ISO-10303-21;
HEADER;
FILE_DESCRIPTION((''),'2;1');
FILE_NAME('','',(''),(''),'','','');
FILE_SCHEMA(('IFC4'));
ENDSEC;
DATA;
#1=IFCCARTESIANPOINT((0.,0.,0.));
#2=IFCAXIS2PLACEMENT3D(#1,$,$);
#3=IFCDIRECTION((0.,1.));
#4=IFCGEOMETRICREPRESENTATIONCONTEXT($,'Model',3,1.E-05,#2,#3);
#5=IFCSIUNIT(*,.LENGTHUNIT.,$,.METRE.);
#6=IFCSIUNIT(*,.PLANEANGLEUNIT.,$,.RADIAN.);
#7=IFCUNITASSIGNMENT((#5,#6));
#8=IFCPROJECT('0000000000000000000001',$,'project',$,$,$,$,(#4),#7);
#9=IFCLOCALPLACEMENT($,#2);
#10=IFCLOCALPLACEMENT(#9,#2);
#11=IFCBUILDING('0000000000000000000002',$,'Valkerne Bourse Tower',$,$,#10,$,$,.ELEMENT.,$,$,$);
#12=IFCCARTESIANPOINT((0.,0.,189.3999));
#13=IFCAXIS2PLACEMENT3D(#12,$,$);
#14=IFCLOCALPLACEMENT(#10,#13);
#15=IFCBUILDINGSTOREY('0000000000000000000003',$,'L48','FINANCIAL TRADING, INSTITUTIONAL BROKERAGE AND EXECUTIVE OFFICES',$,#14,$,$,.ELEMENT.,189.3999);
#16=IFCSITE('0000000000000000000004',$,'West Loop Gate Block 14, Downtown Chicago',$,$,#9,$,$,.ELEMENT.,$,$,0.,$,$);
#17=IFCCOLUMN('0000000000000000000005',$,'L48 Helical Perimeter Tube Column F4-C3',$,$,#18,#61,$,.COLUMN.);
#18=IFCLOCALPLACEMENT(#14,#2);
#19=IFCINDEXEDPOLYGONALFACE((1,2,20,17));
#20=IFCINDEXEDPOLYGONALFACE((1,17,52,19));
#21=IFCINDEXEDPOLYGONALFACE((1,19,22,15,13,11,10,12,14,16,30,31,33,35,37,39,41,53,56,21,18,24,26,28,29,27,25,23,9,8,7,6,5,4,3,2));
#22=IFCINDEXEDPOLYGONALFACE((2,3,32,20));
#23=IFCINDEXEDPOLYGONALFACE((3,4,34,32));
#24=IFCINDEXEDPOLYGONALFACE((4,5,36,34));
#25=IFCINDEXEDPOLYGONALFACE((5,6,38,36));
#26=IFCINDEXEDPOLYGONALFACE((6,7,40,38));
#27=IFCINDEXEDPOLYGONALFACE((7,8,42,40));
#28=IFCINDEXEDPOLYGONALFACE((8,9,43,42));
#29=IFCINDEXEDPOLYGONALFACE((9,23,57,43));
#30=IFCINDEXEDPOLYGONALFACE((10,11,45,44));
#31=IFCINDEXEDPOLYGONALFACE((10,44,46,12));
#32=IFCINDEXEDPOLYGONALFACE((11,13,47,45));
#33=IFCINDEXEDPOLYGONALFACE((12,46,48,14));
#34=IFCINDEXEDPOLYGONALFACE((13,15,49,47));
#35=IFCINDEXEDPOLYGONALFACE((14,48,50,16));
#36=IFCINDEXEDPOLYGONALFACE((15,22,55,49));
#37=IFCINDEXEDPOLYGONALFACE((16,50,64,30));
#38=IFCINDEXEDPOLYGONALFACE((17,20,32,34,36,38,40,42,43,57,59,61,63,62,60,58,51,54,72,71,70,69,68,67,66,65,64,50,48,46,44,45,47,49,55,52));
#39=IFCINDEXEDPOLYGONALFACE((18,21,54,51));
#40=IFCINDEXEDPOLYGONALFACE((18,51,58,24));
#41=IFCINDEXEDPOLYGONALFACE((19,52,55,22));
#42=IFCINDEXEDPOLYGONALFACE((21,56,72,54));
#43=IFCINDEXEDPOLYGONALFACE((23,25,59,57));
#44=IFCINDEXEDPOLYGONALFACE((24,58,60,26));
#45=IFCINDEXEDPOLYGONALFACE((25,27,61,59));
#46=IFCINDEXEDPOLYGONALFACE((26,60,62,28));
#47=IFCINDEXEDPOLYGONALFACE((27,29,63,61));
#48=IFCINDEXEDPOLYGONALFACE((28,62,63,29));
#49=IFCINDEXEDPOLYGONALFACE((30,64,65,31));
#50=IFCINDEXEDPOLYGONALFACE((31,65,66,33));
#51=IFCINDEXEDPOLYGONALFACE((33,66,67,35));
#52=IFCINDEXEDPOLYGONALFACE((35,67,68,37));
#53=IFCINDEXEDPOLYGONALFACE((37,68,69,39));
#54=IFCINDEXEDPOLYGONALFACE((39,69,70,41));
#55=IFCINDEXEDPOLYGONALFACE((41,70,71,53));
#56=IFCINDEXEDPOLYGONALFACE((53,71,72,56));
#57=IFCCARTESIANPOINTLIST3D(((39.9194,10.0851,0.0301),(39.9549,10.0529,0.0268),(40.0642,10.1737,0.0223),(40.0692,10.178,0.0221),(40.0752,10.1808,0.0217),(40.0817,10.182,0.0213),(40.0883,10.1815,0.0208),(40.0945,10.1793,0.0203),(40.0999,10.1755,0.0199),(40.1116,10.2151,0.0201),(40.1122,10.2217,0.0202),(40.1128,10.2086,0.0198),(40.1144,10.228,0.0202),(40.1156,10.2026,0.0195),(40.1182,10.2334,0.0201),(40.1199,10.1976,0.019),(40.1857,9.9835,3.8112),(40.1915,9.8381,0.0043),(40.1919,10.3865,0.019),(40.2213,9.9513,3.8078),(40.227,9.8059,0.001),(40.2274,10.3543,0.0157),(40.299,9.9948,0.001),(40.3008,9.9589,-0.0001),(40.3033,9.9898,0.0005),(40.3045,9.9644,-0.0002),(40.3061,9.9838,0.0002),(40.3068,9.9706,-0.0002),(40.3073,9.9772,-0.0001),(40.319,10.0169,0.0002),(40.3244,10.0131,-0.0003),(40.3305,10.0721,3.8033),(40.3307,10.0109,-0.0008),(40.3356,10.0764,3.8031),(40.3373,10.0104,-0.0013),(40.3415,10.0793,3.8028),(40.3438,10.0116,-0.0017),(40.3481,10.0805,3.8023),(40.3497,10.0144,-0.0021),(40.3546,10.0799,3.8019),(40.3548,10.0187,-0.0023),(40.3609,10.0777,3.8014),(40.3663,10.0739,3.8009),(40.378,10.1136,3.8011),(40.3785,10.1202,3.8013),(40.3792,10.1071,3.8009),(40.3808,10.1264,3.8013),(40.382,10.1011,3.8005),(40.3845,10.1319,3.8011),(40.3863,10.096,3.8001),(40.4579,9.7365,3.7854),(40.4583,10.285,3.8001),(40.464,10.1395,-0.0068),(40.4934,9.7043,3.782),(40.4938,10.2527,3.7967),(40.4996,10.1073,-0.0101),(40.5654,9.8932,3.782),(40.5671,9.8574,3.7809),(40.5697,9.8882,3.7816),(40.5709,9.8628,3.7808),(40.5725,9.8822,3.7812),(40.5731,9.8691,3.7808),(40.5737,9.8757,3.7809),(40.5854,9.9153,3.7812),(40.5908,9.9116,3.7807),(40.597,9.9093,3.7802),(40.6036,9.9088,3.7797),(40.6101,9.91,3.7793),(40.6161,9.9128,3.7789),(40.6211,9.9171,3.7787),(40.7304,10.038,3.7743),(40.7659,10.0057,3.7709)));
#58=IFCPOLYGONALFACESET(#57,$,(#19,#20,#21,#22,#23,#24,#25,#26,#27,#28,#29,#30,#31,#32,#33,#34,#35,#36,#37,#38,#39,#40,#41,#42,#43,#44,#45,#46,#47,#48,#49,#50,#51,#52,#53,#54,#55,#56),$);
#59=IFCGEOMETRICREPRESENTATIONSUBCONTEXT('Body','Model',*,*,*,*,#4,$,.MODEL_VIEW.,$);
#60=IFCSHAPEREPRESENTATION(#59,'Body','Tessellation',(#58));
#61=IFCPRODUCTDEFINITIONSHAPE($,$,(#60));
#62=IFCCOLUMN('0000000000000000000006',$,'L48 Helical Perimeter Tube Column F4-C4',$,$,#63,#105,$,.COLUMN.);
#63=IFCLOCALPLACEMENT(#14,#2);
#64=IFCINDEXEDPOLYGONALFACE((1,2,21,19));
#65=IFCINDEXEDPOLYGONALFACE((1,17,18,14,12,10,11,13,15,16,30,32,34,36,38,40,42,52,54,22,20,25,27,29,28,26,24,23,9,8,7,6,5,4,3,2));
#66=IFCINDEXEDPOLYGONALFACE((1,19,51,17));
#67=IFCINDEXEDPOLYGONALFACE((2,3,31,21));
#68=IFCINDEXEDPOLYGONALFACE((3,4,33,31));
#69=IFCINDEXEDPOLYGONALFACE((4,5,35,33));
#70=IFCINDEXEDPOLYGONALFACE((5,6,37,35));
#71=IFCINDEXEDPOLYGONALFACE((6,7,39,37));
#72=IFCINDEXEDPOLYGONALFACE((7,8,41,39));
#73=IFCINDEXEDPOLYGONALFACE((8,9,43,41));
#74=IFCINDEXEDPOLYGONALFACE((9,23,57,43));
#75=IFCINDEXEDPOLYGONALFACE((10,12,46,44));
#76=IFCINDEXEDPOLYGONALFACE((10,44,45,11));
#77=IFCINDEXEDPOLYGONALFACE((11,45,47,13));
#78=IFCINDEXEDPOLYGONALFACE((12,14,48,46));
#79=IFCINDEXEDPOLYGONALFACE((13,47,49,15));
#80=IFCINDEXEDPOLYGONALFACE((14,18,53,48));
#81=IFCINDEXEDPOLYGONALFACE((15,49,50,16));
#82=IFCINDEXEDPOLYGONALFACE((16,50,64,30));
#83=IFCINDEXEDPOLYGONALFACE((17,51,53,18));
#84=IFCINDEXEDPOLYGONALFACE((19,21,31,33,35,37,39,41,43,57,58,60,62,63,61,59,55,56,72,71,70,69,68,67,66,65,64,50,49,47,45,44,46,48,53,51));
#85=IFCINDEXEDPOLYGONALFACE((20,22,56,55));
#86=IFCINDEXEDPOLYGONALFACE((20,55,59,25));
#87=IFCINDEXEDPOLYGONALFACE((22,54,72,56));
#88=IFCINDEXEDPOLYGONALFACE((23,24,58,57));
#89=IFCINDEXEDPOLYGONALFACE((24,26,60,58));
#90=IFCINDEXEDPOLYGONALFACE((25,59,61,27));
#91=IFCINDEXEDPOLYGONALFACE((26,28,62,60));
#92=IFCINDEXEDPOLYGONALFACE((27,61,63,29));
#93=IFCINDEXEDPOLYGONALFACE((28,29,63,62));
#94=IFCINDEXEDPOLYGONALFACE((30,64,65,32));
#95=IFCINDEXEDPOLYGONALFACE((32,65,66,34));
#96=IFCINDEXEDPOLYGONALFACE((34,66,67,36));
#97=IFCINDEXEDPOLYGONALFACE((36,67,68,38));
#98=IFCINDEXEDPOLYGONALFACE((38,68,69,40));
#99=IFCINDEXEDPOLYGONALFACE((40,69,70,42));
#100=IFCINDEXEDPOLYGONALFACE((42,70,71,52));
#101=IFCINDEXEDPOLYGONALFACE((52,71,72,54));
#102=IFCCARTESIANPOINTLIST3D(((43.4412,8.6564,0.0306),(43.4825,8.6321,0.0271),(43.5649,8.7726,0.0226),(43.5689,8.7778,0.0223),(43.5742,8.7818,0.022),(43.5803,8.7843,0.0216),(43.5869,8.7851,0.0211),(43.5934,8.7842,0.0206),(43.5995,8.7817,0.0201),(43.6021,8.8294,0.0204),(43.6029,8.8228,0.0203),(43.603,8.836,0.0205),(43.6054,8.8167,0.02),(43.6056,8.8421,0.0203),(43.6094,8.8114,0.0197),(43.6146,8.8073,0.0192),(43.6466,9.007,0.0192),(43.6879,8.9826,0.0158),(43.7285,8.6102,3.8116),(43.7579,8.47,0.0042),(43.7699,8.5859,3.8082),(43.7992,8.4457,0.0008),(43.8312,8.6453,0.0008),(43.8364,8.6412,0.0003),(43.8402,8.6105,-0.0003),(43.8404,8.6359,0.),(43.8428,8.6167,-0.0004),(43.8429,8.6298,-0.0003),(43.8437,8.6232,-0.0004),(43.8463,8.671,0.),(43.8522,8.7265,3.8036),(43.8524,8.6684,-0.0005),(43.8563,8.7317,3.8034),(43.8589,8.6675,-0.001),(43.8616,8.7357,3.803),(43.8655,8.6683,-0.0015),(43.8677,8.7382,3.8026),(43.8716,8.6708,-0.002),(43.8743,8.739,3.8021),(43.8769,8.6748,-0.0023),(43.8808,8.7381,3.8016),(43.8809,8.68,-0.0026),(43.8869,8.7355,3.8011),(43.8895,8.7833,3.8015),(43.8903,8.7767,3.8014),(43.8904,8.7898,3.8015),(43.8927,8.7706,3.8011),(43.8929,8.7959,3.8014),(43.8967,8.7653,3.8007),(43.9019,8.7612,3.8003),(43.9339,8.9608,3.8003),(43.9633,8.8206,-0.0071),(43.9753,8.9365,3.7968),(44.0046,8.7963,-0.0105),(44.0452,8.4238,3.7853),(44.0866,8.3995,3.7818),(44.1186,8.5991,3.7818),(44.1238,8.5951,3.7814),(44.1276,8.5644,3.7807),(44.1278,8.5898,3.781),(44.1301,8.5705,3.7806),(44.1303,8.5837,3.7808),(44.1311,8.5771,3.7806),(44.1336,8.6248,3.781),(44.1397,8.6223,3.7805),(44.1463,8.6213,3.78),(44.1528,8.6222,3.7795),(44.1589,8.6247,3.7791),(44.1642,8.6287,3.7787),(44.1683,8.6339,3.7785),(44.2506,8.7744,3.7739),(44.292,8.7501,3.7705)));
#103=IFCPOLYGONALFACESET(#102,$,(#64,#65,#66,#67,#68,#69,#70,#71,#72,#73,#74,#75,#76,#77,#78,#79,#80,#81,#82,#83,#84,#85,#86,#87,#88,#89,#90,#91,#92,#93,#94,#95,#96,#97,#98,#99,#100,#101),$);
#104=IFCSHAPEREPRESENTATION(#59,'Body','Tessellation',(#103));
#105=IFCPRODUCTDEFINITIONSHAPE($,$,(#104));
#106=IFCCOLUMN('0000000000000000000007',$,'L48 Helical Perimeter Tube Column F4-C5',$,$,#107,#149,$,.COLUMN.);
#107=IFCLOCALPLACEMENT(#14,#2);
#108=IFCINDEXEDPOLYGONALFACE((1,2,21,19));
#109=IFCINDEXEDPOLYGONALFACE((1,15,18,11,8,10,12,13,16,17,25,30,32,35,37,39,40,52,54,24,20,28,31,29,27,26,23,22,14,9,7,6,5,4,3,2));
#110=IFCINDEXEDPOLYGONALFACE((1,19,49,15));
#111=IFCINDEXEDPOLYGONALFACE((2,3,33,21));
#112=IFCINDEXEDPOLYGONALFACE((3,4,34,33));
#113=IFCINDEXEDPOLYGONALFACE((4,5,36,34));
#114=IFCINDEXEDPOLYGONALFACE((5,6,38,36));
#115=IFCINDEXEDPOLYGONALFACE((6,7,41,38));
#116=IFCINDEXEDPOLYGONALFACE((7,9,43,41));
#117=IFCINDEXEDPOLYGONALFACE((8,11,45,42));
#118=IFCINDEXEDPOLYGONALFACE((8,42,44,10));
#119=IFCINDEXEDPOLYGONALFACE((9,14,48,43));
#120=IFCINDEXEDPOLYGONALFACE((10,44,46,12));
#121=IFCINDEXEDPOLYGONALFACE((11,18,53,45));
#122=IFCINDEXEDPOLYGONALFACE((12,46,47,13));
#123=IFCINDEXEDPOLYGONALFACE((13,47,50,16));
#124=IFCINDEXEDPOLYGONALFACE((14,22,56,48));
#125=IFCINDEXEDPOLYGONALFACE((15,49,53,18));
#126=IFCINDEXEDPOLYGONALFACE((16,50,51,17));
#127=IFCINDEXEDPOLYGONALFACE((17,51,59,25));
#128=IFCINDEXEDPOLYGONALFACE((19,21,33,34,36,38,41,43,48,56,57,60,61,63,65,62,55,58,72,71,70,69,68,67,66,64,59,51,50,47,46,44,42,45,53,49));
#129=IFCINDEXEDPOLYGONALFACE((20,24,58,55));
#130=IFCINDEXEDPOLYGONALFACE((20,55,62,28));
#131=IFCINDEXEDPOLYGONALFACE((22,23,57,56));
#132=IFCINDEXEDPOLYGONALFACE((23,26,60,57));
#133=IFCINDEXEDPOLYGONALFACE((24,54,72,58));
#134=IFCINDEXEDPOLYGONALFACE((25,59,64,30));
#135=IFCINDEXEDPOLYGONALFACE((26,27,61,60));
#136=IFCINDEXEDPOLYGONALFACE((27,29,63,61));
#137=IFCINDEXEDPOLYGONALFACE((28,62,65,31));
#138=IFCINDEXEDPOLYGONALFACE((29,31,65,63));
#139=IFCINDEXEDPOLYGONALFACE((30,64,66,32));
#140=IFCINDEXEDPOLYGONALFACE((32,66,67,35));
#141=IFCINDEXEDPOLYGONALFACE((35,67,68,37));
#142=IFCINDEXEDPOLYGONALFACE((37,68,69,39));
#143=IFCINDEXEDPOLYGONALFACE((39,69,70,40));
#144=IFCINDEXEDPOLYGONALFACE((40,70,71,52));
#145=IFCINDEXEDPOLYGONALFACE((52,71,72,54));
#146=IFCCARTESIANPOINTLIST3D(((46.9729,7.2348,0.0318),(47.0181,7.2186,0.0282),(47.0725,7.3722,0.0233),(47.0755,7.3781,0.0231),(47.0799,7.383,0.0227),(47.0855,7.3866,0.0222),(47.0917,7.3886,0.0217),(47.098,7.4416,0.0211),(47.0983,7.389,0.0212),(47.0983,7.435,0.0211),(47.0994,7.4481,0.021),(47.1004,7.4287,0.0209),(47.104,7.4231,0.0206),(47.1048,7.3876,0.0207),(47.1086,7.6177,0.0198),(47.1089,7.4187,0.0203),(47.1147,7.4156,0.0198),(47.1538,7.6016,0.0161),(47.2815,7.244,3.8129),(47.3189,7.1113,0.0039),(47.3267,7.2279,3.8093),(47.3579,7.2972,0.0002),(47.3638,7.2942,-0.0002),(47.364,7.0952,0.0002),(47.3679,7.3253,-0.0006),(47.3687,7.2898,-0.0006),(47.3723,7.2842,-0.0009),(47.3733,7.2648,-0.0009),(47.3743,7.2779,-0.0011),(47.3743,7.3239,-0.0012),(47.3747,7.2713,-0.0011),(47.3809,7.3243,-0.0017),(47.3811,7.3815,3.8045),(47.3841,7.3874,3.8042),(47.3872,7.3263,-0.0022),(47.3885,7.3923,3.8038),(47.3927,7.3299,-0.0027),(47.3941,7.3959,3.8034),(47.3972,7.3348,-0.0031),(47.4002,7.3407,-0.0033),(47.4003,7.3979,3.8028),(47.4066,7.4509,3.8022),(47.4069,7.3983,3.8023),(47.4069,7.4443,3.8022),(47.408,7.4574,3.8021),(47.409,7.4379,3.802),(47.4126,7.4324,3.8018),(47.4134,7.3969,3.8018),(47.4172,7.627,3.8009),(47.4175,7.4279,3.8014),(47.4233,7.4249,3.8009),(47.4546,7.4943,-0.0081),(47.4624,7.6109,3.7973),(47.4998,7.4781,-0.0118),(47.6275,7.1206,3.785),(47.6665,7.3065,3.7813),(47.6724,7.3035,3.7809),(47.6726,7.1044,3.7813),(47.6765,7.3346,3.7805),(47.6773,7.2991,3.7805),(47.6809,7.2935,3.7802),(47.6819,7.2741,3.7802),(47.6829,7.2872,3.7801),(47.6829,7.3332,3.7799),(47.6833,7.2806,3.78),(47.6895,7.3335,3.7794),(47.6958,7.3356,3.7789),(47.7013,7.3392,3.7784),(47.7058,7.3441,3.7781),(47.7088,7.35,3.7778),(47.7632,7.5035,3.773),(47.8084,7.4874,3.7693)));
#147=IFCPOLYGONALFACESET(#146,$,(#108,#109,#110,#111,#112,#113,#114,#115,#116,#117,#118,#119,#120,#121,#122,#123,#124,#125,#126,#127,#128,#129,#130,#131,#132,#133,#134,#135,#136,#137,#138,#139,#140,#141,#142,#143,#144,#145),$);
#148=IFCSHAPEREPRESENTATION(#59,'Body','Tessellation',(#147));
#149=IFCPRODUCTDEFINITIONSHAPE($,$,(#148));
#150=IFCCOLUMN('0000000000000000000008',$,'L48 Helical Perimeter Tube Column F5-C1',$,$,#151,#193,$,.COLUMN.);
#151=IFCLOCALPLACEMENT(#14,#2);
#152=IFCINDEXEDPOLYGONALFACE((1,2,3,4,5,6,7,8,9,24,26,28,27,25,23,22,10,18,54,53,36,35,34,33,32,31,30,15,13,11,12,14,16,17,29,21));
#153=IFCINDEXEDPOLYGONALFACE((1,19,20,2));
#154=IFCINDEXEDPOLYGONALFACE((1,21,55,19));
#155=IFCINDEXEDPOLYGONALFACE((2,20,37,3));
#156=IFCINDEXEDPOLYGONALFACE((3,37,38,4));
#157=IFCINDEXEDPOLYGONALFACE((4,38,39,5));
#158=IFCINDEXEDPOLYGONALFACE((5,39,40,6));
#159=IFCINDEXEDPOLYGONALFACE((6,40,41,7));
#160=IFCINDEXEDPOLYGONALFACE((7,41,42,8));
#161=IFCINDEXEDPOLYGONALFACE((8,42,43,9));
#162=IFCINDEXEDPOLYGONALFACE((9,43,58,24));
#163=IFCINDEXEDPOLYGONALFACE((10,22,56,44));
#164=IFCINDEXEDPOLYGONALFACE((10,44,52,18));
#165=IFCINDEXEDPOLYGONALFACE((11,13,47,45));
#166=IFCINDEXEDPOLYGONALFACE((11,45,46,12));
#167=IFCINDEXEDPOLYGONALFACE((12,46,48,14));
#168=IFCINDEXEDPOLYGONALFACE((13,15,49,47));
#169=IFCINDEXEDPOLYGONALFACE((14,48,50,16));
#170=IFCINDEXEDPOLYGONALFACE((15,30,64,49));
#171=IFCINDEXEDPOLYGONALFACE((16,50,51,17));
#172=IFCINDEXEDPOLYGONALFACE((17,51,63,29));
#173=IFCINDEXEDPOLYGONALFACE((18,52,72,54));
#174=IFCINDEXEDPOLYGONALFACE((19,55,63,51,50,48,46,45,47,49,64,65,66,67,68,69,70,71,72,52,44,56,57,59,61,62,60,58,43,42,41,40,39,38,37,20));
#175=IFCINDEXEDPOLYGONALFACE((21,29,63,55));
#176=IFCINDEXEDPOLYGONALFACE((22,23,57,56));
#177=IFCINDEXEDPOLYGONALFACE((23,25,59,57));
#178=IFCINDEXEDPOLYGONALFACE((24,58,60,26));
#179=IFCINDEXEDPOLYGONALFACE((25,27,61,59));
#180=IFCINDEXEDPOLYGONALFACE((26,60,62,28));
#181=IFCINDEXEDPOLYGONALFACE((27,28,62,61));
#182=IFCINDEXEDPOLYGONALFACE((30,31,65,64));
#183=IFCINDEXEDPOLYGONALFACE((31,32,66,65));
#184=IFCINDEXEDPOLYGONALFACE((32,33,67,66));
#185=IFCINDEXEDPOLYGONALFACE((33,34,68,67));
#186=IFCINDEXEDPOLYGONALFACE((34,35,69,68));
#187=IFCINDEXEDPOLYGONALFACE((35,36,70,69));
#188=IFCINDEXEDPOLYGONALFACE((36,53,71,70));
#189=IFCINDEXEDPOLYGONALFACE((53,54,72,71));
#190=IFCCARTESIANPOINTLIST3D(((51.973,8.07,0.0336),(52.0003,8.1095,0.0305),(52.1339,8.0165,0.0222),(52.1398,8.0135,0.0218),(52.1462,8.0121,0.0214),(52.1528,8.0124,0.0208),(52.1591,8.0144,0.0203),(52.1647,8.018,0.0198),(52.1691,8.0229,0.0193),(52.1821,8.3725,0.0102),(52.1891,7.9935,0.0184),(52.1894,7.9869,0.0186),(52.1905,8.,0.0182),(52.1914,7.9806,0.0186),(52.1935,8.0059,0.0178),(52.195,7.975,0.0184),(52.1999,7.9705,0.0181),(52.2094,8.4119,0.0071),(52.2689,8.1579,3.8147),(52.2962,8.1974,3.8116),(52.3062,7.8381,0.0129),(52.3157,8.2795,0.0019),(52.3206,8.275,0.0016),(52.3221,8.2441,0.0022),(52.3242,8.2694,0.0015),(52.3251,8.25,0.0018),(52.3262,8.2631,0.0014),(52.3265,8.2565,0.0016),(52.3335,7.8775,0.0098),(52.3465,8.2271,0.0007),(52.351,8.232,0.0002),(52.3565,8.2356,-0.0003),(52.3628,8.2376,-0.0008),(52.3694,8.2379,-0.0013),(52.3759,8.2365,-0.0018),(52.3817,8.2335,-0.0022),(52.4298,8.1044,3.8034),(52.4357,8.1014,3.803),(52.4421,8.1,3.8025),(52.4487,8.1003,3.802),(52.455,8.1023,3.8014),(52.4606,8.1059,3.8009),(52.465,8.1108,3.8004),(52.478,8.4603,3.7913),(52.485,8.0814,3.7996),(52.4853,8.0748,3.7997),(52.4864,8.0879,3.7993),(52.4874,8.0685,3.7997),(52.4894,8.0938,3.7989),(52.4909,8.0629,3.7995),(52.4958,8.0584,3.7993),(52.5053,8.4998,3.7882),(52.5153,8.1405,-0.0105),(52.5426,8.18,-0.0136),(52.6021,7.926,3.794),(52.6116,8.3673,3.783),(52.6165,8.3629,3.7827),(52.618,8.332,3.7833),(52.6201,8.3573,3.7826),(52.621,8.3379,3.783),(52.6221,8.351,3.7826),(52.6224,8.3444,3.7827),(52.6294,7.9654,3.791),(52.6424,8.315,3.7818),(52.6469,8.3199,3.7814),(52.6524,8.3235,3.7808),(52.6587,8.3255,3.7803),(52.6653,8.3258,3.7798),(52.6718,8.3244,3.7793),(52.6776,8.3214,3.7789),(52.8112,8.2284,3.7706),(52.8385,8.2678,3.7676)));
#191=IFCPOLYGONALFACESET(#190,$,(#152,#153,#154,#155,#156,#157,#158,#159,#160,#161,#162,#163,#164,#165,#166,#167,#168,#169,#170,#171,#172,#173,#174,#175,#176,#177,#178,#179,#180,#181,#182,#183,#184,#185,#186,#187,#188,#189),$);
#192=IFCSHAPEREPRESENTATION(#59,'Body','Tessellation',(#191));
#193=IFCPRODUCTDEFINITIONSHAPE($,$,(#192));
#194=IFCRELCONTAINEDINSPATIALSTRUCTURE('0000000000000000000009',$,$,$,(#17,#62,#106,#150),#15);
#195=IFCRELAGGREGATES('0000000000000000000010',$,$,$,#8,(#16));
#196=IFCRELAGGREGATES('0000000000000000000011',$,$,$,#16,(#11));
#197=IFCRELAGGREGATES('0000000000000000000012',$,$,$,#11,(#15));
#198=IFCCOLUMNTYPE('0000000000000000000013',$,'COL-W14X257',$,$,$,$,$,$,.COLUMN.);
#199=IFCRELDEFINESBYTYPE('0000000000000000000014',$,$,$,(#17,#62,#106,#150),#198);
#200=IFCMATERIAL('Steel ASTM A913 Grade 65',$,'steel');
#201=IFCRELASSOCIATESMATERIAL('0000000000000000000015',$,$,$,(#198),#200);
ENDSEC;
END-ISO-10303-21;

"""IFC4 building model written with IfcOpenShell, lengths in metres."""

from ifc_helpers import new_model, si_unit, direction, frame, origin, origin_2d, place, context, subcontext, project, spatial, i_section, extrude, material, material_profile, profile_set, type_object, element, save


model = new_model("IFC4")

# Units and contexts
model_context = context("Model", 3, precision=1e-05, world=origin(), true_north=direction((0.0, 1.0)))
body_context = subcontext(model_context, "Body", "Model", "MODEL_VIEW")
ifc_project = project(units=[si_unit("LENGTHUNIT", "METRE"), si_unit("PLANEANGLEUNIT", "RADIAN")], contexts=[model_context])

# Site, building, storey
site_placement = place(None, origin())
site = spatial("IfcSite", under=ifc_project, at=site_placement, Name="West Loop Gate Block 14, Downtown Chicago", CompositionType="ELEMENT", RefElevation=0.0)
building_placement = place(site_placement, origin())
building = spatial("IfcBuilding", under=site, at=building_placement, Name="Valkerne Bourse Tower", CompositionType="ELEMENT")
storey_placement = place(building_placement, frame((0.0, 0.0, 189.3999)))
storey = spatial("IfcBuildingStorey", under=building, at=storey_placement, Name="L48", Description="FINANCIAL TRADING, INSTITUTIONAL BROKERAGE AND EXECUTIVE OFFICES", CompositionType="ELEMENT", Elevation=189.3999)

# Columns
ifc_material_1 = material(Name="Steel ASTM A913 Grade 65", Category="steel")
ifc_material_profile_1 = material_profile(ifc_material_1, i_section(OverallWidth=0.4065, OverallDepth=0.4165, WebThickness=0.0298, FlangeThickness=0.0481, FilletRadius=0.0254, at=origin_2d()), Name="W14X257")
ifc_profile_set_1 = profile_set([ifc_material_profile_1], Name="Steel ASTM A913 Grade 65")
column_type = type_object("IfcColumnType", Name="COL-W14X257", PredefinedType="COLUMN", material=ifc_profile_set_1)
column_1_placement = place(storey_placement, frame((40.2095, 10.0962, 0.01), z_axis=(0.070247, -0.026785, 0.99717), x_axis=(0.670397, 0.7415, -0.027309)))
element("IfcColumn", 1, at=column_1_placement, inside=storey, type_object=column_type, Name="L48 Helical Perimeter Tube Column F4-C3", PredefinedType="COLUMN", context=body_context, shape_type="SweptSolid", body=[
    extrude(i_section(OverallWidth=0.4065, OverallDepth=0.4165, WebThickness=0.0298, FlangeThickness=0.0481, FilletRadius=0.0254, at=origin_2d()), origin(), (0.0, 0.0, 1.0), 3.7917),
])
column_2_placement = place(storey_placement, frame((43.7229, 8.7263, 0.01), z_axis=(0.075775, -0.012168, 0.997051), x_axis=(0.505315, 0.862484, -0.027878)))
element("IfcColumn", 2, at=column_2_placement, inside=storey, type_object=column_type, Name="L48 Helical Perimeter Tube Column F4-C4", PredefinedType="COLUMN", context=body_context, shape_type="SweptSolid", body=[
    extrude(i_section(OverallWidth=0.4065, OverallDepth=0.4165, WebThickness=0.0298, FlangeThickness=0.0481, FilletRadius=0.0254, at=origin_2d()), origin(), (0.0, 0.0, 1.0), 3.7922),
])
for number, where, z_axis, x_axis, name in (
    (3, (47.2363, 7.3564, 0.01), (0.081346, 0.002446, 0.996683), (0.333886, 0.94215, -0.029562), "L48 Helical Perimeter Tube Column F4-C5"),
    (4, (52.2578, 8.125, 0.01), (0.078, 0.023168, 0.996684), (-0.81959, 0.570688, 0.050875), "L48 Helical Perimeter Tube Column F5-C1"),
):
    element("IfcColumn", number, at=place(storey_placement, frame(where, z_axis=z_axis, x_axis=x_axis)), inside=storey, type_object=column_type, Name=name, PredefinedType="COLUMN", context=body_context, shape_type="SweptSolid", body=[
        extrude(i_section(OverallWidth=0.4065, OverallDepth=0.4165, WebThickness=0.0298, FlangeThickness=0.0481, FilletRadius=0.0254, at=origin_2d()), origin(), (0.0, 0.0, 1.0), 3.7937),
    ])

save(model, "model.ifc")
